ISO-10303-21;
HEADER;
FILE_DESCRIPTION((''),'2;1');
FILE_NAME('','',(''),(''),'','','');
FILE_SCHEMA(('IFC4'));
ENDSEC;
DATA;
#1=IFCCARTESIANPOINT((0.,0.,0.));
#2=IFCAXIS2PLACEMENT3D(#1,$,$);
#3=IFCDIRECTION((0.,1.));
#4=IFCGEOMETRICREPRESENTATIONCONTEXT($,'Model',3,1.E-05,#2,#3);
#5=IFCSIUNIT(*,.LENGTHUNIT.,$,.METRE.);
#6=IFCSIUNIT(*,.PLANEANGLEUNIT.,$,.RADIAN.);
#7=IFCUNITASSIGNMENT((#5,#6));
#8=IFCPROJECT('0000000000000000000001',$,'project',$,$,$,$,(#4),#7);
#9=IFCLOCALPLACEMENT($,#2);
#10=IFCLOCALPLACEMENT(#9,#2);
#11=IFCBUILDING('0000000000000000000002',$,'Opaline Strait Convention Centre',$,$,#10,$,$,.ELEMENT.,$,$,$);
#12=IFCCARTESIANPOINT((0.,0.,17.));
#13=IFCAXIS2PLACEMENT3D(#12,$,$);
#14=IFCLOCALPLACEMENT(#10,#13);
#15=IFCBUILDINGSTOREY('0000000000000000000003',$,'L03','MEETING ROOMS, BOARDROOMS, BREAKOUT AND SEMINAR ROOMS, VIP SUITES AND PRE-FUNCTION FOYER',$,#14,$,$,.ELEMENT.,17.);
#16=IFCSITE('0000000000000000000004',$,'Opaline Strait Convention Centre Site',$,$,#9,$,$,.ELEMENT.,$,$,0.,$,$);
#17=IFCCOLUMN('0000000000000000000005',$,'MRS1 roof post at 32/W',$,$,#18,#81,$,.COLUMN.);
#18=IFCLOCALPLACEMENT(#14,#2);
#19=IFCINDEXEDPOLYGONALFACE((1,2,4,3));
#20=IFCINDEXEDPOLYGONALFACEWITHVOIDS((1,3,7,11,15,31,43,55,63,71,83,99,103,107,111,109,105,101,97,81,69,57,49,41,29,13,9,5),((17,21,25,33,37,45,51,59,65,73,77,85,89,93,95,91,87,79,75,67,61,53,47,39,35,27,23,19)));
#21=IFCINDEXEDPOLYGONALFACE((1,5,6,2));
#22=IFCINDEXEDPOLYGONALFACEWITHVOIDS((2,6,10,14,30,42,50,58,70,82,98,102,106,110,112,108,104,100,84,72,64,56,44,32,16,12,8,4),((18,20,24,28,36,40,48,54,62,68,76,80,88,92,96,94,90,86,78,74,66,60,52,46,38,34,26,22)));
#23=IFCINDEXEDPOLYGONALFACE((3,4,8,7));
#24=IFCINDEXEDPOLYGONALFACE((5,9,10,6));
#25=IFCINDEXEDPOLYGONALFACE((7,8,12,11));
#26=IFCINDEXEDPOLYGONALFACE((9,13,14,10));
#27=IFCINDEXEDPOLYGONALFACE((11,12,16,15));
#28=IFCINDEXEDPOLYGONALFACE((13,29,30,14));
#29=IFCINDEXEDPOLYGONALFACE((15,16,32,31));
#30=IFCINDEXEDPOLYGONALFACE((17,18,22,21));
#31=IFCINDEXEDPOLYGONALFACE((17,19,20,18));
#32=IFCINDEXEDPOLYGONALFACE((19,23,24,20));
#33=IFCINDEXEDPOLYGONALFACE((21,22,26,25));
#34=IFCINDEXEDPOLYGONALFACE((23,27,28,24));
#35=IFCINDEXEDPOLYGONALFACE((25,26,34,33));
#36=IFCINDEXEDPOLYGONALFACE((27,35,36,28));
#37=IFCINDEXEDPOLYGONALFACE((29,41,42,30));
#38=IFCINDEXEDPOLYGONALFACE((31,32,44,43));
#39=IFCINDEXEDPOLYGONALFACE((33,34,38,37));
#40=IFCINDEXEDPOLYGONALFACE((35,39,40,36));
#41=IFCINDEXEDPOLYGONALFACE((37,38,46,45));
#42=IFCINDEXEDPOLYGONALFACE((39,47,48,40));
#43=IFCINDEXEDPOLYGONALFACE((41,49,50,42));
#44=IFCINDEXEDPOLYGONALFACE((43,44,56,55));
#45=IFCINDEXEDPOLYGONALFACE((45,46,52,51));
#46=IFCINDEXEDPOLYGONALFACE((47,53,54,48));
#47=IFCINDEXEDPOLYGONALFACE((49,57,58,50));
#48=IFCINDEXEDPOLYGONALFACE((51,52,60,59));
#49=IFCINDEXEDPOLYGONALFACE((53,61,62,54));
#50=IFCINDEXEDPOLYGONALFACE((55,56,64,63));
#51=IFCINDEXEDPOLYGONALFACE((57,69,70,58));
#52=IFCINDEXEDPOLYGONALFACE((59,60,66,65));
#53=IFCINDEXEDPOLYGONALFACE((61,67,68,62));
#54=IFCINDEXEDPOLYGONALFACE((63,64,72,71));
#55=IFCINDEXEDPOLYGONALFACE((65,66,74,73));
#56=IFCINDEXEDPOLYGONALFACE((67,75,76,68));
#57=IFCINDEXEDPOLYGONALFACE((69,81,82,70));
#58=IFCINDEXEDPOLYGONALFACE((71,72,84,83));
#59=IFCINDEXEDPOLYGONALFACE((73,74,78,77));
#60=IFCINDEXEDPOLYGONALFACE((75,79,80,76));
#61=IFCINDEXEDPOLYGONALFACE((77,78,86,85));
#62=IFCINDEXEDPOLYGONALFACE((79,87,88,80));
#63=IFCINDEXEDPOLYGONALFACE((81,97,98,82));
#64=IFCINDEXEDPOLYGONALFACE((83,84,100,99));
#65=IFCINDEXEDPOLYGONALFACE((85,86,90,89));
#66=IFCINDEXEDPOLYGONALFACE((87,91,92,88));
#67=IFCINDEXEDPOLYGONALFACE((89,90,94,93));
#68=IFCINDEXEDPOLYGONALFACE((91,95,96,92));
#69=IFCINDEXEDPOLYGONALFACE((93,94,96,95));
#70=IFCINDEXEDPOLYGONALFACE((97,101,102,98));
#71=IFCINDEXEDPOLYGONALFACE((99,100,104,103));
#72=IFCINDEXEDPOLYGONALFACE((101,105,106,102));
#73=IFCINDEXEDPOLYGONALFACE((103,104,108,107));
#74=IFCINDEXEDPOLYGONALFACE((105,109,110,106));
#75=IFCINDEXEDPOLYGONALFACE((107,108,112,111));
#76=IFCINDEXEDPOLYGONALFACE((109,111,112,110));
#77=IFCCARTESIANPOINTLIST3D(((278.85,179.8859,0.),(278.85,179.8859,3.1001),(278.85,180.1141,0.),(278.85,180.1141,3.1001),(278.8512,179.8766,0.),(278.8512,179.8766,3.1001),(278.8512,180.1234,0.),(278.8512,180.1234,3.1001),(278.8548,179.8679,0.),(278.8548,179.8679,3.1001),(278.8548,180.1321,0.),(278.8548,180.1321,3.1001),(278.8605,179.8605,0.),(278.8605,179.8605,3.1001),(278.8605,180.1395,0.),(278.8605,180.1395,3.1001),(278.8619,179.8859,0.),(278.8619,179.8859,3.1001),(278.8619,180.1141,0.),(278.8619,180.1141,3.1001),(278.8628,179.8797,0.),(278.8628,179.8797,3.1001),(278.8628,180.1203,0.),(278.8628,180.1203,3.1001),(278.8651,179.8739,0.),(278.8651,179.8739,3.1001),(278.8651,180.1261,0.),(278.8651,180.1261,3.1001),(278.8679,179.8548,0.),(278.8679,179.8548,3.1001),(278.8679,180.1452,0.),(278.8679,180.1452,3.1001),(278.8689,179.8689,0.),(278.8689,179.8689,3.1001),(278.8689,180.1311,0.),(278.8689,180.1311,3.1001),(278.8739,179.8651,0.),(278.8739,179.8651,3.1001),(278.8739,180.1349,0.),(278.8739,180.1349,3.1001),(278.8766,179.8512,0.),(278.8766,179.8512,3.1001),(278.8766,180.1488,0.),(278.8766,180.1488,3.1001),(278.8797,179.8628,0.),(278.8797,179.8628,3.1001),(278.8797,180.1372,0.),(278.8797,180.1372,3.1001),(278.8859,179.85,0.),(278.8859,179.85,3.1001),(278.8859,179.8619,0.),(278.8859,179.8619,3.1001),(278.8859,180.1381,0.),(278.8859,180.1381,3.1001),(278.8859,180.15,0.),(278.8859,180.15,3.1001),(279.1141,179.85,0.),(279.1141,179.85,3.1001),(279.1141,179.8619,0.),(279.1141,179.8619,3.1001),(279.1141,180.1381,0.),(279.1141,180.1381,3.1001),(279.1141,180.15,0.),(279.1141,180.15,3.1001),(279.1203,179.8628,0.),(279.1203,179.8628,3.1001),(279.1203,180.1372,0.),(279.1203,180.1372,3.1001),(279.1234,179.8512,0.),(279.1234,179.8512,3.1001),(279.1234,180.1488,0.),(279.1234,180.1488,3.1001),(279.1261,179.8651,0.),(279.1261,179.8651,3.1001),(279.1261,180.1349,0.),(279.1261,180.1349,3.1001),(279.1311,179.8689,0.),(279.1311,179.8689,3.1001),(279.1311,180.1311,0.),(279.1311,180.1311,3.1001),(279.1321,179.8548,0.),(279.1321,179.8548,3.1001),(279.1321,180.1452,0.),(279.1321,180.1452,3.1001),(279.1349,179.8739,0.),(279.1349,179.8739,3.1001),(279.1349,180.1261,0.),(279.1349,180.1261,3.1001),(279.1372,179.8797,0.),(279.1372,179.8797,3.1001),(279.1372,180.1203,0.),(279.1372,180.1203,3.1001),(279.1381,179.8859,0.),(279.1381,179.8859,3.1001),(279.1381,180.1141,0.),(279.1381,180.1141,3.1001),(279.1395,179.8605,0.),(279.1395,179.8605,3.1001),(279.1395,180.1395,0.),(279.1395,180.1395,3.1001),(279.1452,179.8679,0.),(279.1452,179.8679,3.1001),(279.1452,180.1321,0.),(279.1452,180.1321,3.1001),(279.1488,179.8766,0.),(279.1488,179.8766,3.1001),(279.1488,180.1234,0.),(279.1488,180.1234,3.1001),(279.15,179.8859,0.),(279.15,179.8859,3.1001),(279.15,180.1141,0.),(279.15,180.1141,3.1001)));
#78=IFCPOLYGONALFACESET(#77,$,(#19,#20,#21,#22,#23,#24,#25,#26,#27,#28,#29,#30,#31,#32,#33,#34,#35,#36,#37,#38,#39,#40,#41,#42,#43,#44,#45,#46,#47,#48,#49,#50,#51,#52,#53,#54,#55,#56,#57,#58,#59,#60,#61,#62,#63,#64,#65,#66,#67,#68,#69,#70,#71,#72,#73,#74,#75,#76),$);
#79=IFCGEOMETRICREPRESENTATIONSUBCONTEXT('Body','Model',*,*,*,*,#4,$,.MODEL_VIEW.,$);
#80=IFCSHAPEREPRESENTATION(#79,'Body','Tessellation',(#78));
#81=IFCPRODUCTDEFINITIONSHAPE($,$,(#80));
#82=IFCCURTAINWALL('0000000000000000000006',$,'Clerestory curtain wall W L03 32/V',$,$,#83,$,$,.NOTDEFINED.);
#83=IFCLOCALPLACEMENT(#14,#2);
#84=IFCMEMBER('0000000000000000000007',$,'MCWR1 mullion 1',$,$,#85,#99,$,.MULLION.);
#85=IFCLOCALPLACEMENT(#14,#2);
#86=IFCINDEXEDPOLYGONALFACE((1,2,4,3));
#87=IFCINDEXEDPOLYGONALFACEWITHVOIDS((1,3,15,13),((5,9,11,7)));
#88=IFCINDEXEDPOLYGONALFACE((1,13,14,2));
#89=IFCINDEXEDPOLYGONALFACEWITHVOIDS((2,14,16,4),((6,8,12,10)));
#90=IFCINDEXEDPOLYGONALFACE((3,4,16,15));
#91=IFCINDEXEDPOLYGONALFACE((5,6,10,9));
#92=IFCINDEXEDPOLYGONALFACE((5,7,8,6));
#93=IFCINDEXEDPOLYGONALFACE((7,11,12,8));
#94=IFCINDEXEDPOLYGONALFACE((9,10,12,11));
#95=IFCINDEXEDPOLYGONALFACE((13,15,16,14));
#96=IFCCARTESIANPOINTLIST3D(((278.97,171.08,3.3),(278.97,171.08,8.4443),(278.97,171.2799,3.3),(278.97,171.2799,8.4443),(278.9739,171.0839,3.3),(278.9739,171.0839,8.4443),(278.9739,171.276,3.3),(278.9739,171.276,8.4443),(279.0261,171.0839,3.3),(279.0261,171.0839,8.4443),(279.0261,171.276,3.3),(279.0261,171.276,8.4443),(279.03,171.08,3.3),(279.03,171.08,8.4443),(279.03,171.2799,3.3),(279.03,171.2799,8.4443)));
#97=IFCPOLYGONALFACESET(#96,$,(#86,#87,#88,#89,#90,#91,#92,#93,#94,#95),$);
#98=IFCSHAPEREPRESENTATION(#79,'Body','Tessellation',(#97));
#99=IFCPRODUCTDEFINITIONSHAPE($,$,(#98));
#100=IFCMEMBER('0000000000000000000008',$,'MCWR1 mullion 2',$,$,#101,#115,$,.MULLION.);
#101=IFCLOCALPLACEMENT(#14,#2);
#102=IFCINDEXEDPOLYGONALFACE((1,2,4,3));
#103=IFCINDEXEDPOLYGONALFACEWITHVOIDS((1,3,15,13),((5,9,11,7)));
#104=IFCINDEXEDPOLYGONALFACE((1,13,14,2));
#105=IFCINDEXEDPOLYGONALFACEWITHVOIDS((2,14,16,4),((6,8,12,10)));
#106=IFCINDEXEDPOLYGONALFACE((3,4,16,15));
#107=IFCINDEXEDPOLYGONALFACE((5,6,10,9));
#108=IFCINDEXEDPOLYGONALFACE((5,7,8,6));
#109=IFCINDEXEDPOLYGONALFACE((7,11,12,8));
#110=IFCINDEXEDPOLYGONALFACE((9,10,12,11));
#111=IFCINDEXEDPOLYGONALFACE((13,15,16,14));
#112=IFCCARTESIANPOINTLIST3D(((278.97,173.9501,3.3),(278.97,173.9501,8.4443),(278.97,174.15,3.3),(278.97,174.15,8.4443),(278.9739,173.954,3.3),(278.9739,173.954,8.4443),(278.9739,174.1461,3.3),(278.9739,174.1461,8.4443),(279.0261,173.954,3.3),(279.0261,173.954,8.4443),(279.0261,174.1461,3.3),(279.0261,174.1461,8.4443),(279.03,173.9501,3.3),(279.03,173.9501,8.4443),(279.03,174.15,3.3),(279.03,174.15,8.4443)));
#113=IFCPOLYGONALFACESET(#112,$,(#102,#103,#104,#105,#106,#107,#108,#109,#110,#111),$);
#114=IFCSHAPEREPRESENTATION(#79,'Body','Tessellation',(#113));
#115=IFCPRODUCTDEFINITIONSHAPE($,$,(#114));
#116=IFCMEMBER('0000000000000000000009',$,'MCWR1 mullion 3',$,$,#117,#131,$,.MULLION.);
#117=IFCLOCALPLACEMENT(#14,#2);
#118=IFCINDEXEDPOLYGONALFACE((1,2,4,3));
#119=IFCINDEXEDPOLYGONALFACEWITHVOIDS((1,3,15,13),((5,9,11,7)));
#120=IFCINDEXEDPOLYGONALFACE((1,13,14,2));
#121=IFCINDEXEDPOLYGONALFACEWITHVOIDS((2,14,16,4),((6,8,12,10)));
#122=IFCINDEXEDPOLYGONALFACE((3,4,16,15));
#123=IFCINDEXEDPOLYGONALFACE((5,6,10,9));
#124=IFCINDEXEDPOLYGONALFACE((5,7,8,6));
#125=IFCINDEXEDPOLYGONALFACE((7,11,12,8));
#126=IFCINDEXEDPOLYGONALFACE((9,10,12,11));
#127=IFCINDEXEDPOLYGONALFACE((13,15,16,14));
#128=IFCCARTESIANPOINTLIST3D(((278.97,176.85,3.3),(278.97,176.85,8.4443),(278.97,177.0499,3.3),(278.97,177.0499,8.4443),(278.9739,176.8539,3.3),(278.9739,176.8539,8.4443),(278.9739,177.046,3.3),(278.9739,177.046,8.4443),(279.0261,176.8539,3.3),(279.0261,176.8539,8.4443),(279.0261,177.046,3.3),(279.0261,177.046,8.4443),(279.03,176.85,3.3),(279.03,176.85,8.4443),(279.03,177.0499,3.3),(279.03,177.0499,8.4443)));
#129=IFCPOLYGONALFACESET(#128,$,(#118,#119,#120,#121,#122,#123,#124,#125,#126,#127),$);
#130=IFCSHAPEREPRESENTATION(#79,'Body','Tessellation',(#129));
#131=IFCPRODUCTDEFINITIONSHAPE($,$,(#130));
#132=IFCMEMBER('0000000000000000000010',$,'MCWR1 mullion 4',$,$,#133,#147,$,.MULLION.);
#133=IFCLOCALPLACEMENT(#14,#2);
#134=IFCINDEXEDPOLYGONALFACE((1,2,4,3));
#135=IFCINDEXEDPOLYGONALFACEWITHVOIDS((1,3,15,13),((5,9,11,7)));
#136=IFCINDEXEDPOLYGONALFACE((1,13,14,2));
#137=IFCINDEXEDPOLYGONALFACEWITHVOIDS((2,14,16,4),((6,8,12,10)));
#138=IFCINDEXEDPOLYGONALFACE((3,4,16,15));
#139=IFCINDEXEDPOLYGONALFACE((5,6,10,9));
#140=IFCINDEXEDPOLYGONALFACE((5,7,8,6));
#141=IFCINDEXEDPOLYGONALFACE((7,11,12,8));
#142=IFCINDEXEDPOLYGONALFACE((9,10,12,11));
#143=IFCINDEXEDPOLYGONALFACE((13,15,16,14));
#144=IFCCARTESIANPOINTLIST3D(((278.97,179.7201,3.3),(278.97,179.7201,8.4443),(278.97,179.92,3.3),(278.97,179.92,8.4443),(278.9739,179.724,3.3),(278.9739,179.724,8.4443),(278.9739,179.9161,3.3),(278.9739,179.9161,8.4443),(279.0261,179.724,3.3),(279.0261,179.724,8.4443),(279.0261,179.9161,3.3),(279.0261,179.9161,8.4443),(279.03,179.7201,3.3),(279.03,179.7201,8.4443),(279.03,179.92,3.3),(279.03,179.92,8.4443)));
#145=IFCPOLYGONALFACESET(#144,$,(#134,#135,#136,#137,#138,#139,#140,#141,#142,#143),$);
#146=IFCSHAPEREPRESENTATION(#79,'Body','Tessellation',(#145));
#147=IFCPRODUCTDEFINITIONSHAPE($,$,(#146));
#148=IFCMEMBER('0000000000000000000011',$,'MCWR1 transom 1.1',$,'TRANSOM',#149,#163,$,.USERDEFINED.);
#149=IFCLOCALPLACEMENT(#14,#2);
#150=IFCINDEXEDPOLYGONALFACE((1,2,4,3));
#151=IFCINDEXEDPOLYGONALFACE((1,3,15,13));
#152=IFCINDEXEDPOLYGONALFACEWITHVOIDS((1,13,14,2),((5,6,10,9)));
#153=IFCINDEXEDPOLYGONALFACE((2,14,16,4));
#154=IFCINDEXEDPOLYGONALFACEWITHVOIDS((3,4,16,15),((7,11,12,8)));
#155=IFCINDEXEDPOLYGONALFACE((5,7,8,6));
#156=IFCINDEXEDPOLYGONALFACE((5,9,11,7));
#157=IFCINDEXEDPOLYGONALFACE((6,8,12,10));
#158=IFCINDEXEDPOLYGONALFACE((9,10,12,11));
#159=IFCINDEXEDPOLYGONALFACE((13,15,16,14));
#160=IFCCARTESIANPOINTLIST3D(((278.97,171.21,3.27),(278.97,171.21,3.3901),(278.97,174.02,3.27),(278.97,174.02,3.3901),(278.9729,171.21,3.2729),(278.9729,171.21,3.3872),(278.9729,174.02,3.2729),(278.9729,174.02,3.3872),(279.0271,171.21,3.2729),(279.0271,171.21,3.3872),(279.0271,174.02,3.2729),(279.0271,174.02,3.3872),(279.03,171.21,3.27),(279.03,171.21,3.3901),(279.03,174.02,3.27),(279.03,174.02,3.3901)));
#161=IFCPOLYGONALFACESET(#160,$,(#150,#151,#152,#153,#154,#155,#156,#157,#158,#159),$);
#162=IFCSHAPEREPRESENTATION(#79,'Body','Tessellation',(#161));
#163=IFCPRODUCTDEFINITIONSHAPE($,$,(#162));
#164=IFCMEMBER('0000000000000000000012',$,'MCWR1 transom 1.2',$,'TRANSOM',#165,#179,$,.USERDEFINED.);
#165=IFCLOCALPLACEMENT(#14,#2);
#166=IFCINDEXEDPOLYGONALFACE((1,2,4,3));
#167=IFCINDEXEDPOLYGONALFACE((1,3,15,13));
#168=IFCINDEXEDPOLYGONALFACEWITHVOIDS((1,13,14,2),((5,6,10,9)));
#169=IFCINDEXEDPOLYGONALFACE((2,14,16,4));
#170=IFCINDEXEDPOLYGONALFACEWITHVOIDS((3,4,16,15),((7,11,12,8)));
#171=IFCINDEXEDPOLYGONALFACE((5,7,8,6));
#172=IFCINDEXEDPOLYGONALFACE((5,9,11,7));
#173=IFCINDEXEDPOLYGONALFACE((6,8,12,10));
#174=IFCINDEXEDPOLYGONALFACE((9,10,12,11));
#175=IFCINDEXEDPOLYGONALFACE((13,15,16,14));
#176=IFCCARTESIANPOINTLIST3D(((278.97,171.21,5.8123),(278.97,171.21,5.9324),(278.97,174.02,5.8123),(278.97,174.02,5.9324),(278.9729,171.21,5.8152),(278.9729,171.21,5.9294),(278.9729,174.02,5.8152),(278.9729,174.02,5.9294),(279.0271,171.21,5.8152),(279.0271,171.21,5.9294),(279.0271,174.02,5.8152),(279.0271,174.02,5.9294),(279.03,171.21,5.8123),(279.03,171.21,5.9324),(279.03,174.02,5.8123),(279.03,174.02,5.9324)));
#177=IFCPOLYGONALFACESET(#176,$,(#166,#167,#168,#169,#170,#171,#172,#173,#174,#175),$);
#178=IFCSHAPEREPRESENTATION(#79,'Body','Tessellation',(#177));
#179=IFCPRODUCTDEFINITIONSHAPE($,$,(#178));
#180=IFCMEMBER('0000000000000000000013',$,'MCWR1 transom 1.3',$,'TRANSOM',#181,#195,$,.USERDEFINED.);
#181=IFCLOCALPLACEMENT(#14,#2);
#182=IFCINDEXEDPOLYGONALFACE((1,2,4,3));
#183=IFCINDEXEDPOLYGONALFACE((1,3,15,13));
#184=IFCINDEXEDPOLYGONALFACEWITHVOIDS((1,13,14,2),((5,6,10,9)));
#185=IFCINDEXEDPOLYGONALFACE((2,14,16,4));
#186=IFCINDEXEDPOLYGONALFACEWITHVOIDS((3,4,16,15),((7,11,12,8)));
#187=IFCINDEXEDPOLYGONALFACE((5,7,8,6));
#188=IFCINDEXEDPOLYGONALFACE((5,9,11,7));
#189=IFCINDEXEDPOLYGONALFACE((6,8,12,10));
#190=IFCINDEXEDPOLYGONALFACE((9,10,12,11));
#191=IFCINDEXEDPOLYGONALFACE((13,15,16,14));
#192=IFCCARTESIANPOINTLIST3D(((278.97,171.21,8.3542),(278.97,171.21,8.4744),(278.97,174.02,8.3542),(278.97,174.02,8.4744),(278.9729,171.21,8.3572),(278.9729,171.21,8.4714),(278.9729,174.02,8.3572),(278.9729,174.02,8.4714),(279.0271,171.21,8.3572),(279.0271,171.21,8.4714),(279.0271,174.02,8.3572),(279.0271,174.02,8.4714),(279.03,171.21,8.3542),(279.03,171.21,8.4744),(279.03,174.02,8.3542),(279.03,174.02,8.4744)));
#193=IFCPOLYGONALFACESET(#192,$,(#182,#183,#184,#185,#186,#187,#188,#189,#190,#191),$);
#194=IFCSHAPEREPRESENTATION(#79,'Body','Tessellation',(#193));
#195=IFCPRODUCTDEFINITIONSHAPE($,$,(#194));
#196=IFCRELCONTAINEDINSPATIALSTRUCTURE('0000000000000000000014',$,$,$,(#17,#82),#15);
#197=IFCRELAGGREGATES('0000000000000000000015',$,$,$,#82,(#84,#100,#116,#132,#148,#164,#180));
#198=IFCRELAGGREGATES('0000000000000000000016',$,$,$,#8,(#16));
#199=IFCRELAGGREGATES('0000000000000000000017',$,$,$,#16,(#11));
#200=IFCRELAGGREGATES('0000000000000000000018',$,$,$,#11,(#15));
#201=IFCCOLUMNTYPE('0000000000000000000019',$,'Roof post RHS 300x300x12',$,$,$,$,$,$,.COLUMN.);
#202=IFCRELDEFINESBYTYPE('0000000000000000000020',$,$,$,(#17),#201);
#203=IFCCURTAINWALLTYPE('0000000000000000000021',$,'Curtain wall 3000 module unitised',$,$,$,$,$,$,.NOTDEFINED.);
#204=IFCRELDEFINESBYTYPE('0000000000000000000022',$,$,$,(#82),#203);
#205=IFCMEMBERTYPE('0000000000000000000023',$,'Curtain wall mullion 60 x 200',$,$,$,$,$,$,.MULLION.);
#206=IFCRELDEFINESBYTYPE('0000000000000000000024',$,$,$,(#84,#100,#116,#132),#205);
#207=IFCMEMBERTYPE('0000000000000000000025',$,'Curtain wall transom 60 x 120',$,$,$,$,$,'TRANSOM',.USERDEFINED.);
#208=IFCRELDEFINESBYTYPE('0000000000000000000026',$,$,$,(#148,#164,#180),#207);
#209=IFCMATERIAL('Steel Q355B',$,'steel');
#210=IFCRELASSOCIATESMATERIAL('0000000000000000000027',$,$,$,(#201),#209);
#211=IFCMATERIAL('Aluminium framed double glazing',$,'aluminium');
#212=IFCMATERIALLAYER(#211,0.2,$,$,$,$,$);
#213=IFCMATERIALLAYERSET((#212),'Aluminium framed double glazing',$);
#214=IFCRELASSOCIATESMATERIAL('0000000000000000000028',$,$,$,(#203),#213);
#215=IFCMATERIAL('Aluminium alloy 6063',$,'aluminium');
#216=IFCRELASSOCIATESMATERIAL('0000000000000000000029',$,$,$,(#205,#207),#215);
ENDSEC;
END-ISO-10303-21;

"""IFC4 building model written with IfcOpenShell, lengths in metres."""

from ifc_helpers import new_model, si_unit, direction, frame, origin, origin_2d, place, context, subcontext, project, spatial, hollow_rectangle, extrude, material, layer, layer_set, material_profile, profile_set, type_object, element, aggregate, save


model = new_model("IFC4")

# Units and contexts
model_context = context("Model", 3, precision=1e-05, world=origin(), true_north=direction((0.0, 1.0)))
body_context = subcontext(model_context, "Body", "Model", "MODEL_VIEW")
ifc_project = project(units=[si_unit("LENGTHUNIT", "METRE"), si_unit("PLANEANGLEUNIT", "RADIAN")], contexts=[model_context])

# Site, building, storey
site_placement = place(None, origin())
site = spatial("IfcSite", under=ifc_project, at=site_placement, Name="Opaline Strait Convention Centre Site", CompositionType="ELEMENT", RefElevation=0.0)
building_placement = place(site_placement, origin())
building = spatial("IfcBuilding", under=site, at=building_placement, Name="Opaline Strait Convention Centre", CompositionType="ELEMENT")
storey_placement = place(building_placement, frame((0.0, 0.0, 17.0)))
storey = spatial("IfcBuildingStorey", under=building, at=storey_placement, Name="L03", Description="MEETING ROOMS, BOARDROOMS, BREAKOUT AND SEMINAR ROOMS, VIP SUITES AND PRE-FUNCTION FOYER", CompositionType="ELEMENT", Elevation=17.0)

# Column
ifc_material_1 = material(Name="Steel Q355B", Category="steel")
ifc_material_profile_1 = material_profile(ifc_material_1, hollow_rectangle(XDim=0.3, YDim=0.3, WallThickness=0.012, InnerFilletRadius=0.0239, OuterFilletRadius=0.0359, at=origin_2d()), Name="RHS 300x300x12")
ifc_profile_set_1 = profile_set([ifc_material_profile_1], Name="Steel Q355B")
column_type = type_object("IfcColumnType", Name="Roof post RHS 300x300x12", PredefinedType="COLUMN", material=ifc_profile_set_1)
column_placement = place(storey_placement, frame((279.0, 180.0, 0.0), z_axis=(0.0, 0.0, 1.0), x_axis=(1.0, 0.0, 0.0)))
element("IfcColumn", 1, at=column_placement, inside=storey, type_object=column_type, Name="MRS1 roof post at 32/W", PredefinedType="COLUMN", context=body_context, shape_type="SweptSolid", body=[
    extrude(hollow_rectangle(XDim=0.3, YDim=0.3, WallThickness=0.012, InnerFilletRadius=0.0239, OuterFilletRadius=0.0359, at=origin_2d()), origin(), (0.0, 0.0, 1.0), 3.1001),
])

# Curtain wall, members
ifc_material_2 = material(Name="Aluminium framed double glazing", Category="aluminium")
ifc_layer_1 = layer(ifc_material_2, 0.2)
ifc_layer_set_1 = layer_set([ifc_layer_1], Name="Aluminium framed double glazing")
curtain_wall_type = type_object("IfcCurtainWallType", Name="Curtain wall 3000 module unitised", PredefinedType="NOTDEFINED", material=ifc_layer_set_1)
curtain_wall_placement = place(storey_placement, origin())
curtain_wall = element("IfcCurtainWall", 2, at=curtain_wall_placement, inside=storey, type_object=curtain_wall_type, Name="Clerestory curtain wall W L03 32/V", PredefinedType="NOTDEFINED")
ifc_material_3 = material(Name="Aluminium alloy 6063", Category="aluminium")
ifc_material_profile_2 = material_profile(ifc_material_3, hollow_rectangle(XDim=0.0601, YDim=0.2, WallThickness=0.0039, at=origin_2d()), Name="MULLION 60x200x4")
ifc_profile_set_2 = profile_set([ifc_material_profile_2], Name="Aluminium alloy 6063")
member_type_1 = type_object("IfcMemberType", Name="Curtain wall mullion 60 x 200", PredefinedType="MULLION", material=ifc_profile_set_2)
member_1_placement = place(storey_placement, frame((279.0, 171.1799, 3.3), z_axis=(0.0, 0.0, 1.0), x_axis=(-1.0, 0.0, 0.0)))
member_1 = element("IfcMember", 3, at=member_1_placement, type_object=member_type_1, Name="MCWR1 mullion 1", PredefinedType="MULLION", context=body_context, shape_type="SweptSolid", body=[
    extrude(hollow_rectangle(XDim=0.0601, YDim=0.2, WallThickness=0.0039, at=origin_2d()), origin(), (0.0, 0.0, 1.0), 5.1443),
])
member_2_placement = place(storey_placement, frame((279.0, 174.05, 3.3), z_axis=(0.0, 0.0, 1.0), x_axis=(-1.0, 0.0, 0.0)))
member_2 = element("IfcMember", 4, at=member_2_placement, type_object=member_type_1, Name="MCWR1 mullion 2", PredefinedType="MULLION", context=body_context, shape_type="SweptSolid", body=[
    extrude(hollow_rectangle(XDim=0.0601, YDim=0.2, WallThickness=0.0039, at=origin_2d()), origin(), (0.0, 0.0, 1.0), 5.1443),
])
member_3_placement = place(storey_placement, frame((279.0, 176.95, 3.3), z_axis=(0.0, 0.0, 1.0), x_axis=(-1.0, 0.0, 0.0)))
member_3 = element("IfcMember", 5, at=member_3_placement, type_object=member_type_1, Name="MCWR1 mullion 3", PredefinedType="MULLION", context=body_context, shape_type="SweptSolid", body=[
    extrude(hollow_rectangle(XDim=0.0601, YDim=0.2, WallThickness=0.0039, at=origin_2d()), origin(), (0.0, 0.0, 1.0), 5.1443),
])
member_4_placement = place(storey_placement, frame((279.0, 179.8201, 3.3), z_axis=(0.0, 0.0, 1.0), x_axis=(-1.0, 0.0, 0.0)))
member_4 = element("IfcMember", 6, at=member_4_placement, type_object=member_type_1, Name="MCWR1 mullion 4", PredefinedType="MULLION", context=body_context, shape_type="SweptSolid", body=[
    extrude(hollow_rectangle(XDim=0.0601, YDim=0.2, WallThickness=0.0039, at=origin_2d()), origin(), (0.0, 0.0, 1.0), 5.1443),
])
ifc_material_profile_3 = material_profile(ifc_material_3, hollow_rectangle(XDim=0.0601, YDim=0.1201, WallThickness=0.0029, at=origin_2d()), Name="TRANSOM 60x120x3")
ifc_profile_set_3 = profile_set([ifc_material_profile_3], Name="Aluminium alloy 6063")
member_type_2 = type_object("IfcMemberType", Name="Curtain wall transom 60 x 120", ElementType="TRANSOM", PredefinedType="USERDEFINED", material=ifc_profile_set_3)
member_5_placement = place(storey_placement, frame((279.0, 171.21, 3.3301), z_axis=(0.0, 1.0, 0.0), x_axis=(-1.0, 0.0, 0.0)))
member_5 = element("IfcMember", 7, at=member_5_placement, type_object=member_type_2, Name="MCWR1 transom 1.1", ObjectType="TRANSOM", PredefinedType="USERDEFINED", context=body_context, shape_type="SweptSolid", body=[
    extrude(hollow_rectangle(XDim=0.0601, YDim=0.1201, WallThickness=0.0029, at=origin_2d()), origin(), (0.0, 0.0, 1.0), 2.8101),
])
member_6_placement = place(storey_placement, frame((279.0, 171.21, 5.8723), z_axis=(0.0, 1.0, 0.0), x_axis=(-1.0, 0.0, 0.0)))
member_6 = element("IfcMember", 8, at=member_6_placement, type_object=member_type_2, Name="MCWR1 transom 1.2", ObjectType="TRANSOM", PredefinedType="USERDEFINED", context=body_context, shape_type="SweptSolid", body=[
    extrude(hollow_rectangle(XDim=0.0601, YDim=0.1201, WallThickness=0.0029, at=origin_2d()), origin(), (0.0, 0.0, 1.0), 2.8101),
])
member_7_placement = place(storey_placement, frame((279.0, 171.21, 8.4143), z_axis=(0.0, 1.0, 0.0), x_axis=(-1.0, 0.0, 0.0)))
member_7 = element("IfcMember", 9, at=member_7_placement, type_object=member_type_2, Name="MCWR1 transom 1.3", ObjectType="TRANSOM", PredefinedType="USERDEFINED", context=body_context, shape_type="SweptSolid", body=[
    extrude(hollow_rectangle(XDim=0.0601, YDim=0.1201, WallThickness=0.0029, at=origin_2d()), origin(), (0.0, 0.0, 1.0), 2.8101),
])
aggregate(curtain_wall, [member_1, member_2, member_3, member_4, member_5, member_6, member_7])

save(model, "model.ifc")
